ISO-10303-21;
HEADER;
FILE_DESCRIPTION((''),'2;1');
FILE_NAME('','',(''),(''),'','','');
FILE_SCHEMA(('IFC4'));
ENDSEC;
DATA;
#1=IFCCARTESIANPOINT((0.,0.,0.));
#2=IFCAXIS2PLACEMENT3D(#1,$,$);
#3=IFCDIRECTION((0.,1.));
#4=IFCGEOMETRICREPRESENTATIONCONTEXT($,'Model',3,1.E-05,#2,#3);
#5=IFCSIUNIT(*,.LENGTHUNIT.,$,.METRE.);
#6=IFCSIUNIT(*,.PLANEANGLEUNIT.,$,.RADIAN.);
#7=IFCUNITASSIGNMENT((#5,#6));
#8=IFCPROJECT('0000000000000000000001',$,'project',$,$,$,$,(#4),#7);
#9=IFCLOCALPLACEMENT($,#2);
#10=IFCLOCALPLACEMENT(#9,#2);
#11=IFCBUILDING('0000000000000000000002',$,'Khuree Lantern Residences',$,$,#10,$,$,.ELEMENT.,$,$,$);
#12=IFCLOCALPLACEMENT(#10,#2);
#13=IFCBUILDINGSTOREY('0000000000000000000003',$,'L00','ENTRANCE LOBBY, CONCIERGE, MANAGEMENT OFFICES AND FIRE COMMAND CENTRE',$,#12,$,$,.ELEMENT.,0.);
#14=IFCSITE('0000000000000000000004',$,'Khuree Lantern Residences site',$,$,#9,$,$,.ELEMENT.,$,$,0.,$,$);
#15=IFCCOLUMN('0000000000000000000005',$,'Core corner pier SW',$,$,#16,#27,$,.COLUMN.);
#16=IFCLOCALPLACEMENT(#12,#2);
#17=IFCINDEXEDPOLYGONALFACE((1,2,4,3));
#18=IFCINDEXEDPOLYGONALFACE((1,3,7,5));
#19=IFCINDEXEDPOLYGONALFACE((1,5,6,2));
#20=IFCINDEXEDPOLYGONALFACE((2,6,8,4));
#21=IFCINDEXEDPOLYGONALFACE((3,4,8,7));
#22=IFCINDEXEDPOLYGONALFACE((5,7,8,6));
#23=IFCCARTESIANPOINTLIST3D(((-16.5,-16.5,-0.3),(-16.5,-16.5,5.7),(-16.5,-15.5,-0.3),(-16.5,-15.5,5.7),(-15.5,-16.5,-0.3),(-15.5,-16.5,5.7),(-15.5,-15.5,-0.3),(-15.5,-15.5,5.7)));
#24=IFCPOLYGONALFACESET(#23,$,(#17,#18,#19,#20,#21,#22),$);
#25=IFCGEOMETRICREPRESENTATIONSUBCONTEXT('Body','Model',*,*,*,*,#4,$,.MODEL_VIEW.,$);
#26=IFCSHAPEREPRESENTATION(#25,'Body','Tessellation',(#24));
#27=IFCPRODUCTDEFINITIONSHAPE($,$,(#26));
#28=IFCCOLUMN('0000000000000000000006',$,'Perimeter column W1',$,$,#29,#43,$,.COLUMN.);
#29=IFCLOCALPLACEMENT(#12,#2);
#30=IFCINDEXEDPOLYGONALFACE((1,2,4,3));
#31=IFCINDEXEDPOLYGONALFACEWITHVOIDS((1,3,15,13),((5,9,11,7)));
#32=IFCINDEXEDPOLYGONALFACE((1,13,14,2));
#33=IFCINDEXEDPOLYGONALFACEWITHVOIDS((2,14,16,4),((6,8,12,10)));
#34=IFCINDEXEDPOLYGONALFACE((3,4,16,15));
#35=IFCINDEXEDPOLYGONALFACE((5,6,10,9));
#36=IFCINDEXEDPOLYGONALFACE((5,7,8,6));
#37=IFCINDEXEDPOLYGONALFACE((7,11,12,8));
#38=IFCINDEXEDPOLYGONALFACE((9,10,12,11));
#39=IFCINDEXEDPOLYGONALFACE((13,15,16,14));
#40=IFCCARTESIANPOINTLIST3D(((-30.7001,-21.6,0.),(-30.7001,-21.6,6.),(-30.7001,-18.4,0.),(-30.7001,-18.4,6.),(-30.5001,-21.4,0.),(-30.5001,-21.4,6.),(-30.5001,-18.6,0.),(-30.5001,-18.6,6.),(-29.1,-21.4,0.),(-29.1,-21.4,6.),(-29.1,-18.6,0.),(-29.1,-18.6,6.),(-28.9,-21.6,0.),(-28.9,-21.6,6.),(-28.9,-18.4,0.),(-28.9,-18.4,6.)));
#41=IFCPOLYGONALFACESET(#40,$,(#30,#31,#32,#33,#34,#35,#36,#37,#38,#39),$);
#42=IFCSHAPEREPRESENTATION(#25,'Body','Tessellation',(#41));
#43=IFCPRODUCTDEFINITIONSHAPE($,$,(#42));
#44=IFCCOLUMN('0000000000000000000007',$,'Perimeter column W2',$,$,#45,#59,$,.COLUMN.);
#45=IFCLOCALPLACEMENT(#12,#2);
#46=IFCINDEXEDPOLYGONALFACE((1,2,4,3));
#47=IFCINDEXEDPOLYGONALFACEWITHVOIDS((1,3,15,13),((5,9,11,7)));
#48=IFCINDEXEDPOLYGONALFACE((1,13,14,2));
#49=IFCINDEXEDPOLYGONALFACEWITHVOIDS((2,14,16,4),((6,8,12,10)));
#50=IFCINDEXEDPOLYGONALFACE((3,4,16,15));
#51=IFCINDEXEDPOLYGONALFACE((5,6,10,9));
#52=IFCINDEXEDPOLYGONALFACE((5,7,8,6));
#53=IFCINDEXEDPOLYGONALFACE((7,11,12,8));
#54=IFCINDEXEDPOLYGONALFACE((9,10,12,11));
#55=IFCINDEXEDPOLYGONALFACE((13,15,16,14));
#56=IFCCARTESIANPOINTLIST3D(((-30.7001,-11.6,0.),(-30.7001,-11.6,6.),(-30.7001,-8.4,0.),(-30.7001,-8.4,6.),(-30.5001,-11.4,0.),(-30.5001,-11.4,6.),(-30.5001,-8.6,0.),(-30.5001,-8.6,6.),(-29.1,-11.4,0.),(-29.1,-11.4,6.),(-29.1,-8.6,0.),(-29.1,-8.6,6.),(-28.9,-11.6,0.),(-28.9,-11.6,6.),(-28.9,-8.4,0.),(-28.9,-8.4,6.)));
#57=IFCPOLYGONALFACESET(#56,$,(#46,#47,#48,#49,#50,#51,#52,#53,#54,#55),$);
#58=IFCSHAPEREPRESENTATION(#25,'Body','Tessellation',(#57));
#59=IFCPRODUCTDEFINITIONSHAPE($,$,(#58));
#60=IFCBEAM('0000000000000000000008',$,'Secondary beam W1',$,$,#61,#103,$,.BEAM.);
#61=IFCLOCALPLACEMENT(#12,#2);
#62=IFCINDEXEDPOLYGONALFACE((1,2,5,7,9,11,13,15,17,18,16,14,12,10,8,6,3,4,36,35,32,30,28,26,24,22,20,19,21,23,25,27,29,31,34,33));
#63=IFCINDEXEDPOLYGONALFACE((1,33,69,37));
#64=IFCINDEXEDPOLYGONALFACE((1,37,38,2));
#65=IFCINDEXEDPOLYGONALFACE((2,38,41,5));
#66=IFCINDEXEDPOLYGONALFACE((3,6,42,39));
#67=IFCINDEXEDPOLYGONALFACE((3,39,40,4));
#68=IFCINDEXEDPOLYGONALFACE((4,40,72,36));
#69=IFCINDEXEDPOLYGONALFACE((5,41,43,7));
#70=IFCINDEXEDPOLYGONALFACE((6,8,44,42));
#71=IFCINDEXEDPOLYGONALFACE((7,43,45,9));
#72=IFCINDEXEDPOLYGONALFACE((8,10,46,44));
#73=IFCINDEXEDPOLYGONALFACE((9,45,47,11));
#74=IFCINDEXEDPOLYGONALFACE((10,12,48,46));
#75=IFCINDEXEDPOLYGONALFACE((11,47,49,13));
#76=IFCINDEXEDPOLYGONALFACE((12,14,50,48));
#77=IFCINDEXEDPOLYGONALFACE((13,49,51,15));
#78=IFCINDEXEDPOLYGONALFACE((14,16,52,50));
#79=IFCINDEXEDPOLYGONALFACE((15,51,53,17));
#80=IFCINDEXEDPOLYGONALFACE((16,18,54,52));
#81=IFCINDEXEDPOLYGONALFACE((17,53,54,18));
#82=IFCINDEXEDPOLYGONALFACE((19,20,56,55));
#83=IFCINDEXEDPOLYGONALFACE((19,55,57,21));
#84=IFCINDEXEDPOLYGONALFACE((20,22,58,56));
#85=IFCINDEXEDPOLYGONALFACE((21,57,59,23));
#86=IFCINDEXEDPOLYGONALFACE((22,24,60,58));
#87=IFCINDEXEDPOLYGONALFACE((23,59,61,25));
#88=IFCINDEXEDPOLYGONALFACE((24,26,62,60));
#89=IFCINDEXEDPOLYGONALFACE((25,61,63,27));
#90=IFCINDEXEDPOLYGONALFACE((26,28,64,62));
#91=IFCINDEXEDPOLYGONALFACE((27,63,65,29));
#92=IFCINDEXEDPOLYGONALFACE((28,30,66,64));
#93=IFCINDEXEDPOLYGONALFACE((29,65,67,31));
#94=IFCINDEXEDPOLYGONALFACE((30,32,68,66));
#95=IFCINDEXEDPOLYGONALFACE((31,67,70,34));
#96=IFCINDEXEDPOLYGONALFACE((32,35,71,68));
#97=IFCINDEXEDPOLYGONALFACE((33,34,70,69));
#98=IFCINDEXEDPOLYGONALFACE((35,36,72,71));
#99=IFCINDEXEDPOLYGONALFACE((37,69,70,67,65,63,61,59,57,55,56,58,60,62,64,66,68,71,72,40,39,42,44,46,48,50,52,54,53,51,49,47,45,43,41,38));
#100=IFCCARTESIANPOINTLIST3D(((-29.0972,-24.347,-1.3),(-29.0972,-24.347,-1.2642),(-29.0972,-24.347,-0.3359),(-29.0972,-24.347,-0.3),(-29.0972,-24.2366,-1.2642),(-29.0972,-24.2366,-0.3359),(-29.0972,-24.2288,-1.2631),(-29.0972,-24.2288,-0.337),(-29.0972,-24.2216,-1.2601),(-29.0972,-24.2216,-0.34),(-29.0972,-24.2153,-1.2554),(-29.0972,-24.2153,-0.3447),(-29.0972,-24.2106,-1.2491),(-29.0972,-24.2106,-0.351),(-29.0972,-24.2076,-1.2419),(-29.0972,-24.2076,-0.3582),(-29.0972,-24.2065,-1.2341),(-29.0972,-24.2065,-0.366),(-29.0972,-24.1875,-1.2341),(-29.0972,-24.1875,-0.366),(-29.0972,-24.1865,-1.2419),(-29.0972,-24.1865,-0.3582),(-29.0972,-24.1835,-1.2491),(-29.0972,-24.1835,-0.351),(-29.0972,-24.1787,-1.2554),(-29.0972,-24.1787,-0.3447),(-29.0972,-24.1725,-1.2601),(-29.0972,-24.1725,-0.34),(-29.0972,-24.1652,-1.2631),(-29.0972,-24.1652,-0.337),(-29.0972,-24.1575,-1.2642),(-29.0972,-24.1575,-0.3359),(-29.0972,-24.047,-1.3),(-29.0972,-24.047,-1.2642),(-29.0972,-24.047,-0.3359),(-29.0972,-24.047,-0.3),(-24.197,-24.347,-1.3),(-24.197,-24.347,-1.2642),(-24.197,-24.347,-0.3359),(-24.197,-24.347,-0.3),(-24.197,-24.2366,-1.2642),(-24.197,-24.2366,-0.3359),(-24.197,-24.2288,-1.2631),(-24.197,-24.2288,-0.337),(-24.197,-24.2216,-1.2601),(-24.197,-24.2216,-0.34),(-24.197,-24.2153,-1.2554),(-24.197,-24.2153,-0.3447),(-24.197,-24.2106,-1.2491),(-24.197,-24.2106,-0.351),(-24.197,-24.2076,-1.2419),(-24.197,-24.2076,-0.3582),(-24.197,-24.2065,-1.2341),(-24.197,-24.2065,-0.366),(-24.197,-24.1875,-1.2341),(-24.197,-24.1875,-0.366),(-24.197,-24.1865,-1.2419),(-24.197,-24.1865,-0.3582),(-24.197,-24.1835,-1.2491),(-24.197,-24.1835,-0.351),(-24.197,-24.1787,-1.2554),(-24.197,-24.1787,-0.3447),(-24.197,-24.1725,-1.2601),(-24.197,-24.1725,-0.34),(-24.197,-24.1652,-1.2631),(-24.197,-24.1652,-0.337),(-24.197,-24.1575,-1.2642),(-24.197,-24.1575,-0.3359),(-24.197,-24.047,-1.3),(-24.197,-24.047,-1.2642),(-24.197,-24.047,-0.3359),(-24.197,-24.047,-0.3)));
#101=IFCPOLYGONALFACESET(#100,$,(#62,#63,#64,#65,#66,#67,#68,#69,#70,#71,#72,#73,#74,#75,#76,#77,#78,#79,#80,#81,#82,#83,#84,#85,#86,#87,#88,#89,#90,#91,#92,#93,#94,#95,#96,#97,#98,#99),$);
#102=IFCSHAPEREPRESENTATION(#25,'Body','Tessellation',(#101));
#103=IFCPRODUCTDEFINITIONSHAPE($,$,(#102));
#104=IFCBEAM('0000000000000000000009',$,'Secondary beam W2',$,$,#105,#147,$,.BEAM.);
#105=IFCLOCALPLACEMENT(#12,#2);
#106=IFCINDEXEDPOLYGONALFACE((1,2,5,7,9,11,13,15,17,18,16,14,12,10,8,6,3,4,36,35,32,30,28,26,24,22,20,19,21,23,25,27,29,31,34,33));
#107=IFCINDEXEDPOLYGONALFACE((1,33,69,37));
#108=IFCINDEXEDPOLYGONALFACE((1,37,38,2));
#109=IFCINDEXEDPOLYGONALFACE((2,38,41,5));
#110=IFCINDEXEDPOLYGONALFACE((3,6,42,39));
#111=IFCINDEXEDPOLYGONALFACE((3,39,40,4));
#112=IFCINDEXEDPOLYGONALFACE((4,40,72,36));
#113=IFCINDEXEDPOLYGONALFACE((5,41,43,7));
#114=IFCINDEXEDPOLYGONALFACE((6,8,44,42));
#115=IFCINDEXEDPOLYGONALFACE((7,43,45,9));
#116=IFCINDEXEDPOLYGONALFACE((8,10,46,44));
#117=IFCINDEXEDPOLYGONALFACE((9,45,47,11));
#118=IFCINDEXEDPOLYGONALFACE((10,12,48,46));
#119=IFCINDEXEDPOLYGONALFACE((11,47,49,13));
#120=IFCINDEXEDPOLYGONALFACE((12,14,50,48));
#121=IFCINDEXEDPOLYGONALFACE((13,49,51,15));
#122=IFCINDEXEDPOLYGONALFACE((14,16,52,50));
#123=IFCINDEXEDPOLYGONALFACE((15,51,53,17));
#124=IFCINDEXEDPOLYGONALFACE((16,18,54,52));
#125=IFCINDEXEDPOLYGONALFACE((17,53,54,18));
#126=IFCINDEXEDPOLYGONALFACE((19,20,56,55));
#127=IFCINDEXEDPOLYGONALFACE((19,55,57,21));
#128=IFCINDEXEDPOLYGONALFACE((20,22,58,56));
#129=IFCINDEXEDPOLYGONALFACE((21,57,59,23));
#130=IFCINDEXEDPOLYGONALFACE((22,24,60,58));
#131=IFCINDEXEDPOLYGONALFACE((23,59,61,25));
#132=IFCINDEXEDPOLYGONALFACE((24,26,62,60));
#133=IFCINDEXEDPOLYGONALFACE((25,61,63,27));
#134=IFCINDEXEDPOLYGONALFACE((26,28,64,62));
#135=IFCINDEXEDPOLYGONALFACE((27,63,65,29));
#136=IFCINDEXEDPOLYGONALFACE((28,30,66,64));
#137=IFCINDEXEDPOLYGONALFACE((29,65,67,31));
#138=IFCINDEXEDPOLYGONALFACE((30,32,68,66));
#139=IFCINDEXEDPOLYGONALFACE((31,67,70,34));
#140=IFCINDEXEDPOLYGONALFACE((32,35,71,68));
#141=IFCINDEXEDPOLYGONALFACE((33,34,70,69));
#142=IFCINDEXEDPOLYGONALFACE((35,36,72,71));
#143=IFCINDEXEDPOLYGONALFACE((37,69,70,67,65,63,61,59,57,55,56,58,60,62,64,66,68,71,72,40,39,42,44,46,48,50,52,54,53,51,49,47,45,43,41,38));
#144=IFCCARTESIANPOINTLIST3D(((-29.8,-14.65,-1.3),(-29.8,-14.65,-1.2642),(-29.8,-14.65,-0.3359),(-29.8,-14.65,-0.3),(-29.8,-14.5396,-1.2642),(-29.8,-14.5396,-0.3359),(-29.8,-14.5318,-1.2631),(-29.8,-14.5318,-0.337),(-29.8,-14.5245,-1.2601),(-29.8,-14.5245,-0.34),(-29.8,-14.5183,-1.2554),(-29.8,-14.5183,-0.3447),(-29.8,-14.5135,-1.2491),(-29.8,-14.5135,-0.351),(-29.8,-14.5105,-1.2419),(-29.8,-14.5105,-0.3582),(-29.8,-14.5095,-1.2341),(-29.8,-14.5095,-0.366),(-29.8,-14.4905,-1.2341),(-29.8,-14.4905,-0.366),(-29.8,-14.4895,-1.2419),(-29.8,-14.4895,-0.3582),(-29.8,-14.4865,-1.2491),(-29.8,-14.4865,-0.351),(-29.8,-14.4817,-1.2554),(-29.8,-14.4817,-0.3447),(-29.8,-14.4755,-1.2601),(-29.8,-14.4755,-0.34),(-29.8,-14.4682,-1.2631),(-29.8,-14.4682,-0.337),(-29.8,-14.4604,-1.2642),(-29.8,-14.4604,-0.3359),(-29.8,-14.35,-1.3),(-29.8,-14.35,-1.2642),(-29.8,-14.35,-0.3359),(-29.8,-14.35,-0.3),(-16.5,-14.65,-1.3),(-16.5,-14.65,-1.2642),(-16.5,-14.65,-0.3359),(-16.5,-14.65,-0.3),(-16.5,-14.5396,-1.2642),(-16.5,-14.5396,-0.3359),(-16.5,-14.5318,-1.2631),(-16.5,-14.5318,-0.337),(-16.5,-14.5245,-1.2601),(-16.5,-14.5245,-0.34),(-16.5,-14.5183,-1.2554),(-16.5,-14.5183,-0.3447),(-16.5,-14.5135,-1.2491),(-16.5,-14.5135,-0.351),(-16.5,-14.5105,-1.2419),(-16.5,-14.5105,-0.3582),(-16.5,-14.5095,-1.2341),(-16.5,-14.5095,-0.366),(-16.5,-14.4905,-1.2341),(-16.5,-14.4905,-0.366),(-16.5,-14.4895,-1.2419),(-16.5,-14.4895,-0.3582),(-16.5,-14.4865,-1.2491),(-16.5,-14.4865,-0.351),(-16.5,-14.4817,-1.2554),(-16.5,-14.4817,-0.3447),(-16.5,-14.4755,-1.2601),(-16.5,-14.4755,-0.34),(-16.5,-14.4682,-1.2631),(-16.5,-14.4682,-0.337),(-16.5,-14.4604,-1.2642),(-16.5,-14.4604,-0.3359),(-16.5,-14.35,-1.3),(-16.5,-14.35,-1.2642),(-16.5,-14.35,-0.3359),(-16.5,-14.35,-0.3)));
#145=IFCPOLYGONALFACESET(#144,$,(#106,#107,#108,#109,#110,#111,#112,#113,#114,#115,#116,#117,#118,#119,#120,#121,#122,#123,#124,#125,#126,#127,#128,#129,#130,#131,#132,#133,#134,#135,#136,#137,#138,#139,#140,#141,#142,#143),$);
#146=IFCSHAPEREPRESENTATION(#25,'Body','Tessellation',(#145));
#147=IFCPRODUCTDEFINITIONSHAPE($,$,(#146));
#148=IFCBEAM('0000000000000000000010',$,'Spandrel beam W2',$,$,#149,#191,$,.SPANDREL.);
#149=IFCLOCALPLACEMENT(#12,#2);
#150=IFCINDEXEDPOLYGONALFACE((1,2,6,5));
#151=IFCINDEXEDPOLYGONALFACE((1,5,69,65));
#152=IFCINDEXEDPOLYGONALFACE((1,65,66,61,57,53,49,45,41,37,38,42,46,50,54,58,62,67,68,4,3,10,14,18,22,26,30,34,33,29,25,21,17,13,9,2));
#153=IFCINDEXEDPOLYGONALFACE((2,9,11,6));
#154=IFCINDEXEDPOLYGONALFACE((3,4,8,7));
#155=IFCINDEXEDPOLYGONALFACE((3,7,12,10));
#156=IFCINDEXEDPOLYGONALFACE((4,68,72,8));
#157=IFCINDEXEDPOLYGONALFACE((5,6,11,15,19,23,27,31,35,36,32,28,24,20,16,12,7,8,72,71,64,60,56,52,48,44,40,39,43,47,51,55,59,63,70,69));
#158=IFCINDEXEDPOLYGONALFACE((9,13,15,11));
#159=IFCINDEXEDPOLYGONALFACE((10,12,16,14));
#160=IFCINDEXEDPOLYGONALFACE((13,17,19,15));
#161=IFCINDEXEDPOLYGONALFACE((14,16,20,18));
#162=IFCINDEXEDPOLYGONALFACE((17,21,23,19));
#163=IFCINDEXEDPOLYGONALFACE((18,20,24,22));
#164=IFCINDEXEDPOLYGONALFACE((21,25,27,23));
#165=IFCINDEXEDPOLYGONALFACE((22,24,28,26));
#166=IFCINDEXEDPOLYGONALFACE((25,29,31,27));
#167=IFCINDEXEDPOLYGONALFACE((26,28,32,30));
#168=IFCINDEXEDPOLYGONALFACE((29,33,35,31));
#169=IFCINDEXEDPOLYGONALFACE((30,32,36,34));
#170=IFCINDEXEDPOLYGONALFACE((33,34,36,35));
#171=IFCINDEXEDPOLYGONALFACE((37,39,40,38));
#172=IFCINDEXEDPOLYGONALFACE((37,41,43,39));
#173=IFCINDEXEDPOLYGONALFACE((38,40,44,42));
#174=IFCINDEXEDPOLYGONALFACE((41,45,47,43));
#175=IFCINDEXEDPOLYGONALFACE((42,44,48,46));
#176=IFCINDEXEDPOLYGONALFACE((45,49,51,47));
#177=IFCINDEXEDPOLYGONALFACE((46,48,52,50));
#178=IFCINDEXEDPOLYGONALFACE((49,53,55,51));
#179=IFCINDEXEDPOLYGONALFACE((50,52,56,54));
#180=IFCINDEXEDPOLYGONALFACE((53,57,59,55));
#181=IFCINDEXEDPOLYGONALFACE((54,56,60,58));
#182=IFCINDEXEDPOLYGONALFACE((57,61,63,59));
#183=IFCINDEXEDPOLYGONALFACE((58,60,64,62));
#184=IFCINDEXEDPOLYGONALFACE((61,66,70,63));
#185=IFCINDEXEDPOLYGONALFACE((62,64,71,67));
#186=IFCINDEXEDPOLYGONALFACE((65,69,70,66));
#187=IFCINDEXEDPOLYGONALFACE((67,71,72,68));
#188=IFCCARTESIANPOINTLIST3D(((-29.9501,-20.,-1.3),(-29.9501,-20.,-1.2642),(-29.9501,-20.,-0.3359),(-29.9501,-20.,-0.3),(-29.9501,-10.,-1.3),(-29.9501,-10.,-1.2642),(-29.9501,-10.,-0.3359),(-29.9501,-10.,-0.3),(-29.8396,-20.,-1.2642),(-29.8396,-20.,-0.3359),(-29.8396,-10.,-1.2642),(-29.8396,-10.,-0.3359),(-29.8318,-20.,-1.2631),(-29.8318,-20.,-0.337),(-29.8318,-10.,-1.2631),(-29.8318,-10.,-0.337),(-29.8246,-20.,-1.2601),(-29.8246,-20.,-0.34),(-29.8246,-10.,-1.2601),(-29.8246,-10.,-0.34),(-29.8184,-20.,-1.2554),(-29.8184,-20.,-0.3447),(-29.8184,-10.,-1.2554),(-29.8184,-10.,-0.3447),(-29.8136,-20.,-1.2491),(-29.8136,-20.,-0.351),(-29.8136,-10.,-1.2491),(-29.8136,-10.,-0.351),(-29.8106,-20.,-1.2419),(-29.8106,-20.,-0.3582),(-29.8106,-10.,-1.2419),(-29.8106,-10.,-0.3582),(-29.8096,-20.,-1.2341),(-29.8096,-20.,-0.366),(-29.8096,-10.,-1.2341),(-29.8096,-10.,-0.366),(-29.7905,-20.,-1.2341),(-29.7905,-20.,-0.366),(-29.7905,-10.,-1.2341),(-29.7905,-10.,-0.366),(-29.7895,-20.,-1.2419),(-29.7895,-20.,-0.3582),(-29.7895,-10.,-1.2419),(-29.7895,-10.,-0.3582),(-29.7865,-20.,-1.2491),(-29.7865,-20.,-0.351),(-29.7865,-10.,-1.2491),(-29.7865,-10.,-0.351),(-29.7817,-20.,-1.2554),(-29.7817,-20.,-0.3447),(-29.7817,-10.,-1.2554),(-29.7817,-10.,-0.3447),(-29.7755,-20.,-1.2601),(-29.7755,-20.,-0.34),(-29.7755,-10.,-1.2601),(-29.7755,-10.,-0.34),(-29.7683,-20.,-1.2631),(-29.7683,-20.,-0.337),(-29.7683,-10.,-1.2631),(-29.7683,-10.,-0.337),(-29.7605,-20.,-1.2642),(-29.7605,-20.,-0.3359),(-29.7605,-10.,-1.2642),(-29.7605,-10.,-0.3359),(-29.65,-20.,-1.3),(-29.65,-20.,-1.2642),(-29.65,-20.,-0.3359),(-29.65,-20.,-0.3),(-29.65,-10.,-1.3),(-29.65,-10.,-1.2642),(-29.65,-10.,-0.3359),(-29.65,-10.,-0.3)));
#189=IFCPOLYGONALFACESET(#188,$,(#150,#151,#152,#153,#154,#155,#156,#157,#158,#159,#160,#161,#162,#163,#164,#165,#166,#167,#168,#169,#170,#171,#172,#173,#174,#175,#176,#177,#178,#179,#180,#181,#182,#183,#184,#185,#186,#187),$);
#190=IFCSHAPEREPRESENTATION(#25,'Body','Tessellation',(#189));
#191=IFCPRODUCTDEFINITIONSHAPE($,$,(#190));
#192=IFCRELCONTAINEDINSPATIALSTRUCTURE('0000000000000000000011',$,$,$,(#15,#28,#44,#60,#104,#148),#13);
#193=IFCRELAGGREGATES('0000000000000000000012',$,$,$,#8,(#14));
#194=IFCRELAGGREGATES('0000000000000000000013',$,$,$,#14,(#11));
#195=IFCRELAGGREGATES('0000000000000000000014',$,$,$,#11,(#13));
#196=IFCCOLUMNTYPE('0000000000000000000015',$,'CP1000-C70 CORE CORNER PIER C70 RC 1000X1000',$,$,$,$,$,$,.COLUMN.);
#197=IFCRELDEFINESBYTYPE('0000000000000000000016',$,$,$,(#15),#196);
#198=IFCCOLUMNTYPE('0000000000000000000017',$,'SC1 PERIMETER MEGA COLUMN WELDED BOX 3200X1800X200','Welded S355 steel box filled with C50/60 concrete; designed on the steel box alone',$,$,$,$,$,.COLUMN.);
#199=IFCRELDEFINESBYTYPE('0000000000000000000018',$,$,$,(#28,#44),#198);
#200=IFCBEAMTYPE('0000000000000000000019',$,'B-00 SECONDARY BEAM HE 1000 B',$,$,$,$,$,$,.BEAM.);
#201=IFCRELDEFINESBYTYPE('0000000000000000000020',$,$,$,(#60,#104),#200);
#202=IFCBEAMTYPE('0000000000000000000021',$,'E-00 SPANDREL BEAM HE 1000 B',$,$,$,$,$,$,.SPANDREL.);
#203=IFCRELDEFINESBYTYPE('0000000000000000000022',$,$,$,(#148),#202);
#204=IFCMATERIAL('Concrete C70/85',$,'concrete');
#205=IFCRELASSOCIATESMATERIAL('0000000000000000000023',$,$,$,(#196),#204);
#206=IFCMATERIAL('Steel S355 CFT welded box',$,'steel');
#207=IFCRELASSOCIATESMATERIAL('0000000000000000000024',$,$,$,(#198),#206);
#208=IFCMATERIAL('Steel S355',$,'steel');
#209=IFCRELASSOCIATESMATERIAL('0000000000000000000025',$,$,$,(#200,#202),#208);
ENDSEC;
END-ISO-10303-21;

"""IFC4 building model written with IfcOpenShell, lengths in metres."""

from ifc_helpers import new_model, si_unit, direction, frame, origin, origin_2d, place, context, subcontext, project, spatial, rectangle, hollow_rectangle, i_section, extrude, material, material_profile, profile_set, type_object, element, save


model = new_model("IFC4")

# Units and contexts
model_context = context("Model", 3, precision=1e-05, world=origin(), true_north=direction((0.0, 1.0)))
body_context = subcontext(model_context, "Body", "Model", "MODEL_VIEW")
ifc_project = project(units=[si_unit("LENGTHUNIT", "METRE"), si_unit("PLANEANGLEUNIT", "RADIAN")], contexts=[model_context])

# Site, building, storey
site_placement = place(None, origin())
site = spatial("IfcSite", under=ifc_project, at=site_placement, Name="Khuree Lantern Residences site", CompositionType="ELEMENT", RefElevation=0.0)
building_placement = place(site_placement, origin())
building = spatial("IfcBuilding", under=site, at=building_placement, Name="Khuree Lantern Residences", CompositionType="ELEMENT")
storey_placement = place(building_placement, origin())
storey = spatial("IfcBuildingStorey", under=building, at=storey_placement, Name="L00", Description="ENTRANCE LOBBY, CONCIERGE, MANAGEMENT OFFICES AND FIRE COMMAND CENTRE", CompositionType="ELEMENT", Elevation=0.0)

# Columns
ifc_material_1 = material(Name="Concrete C70/85", Category="concrete")
ifc_material_profile_1 = material_profile(ifc_material_1, rectangle(XDim=1.0, YDim=1.0, at=origin_2d()), Name="RC 1000X1000")
ifc_profile_set_1 = profile_set([ifc_material_profile_1], Name="Concrete C70/85")
column_type_1 = type_object("IfcColumnType", Name="CP1000-C70 CORE CORNER PIER C70 RC 1000X1000", PredefinedType="COLUMN", material=ifc_profile_set_1)
column_placement = place(storey_placement, frame((-16.0, -16.0, -0.3), z_axis=(0.0, 0.0, 1.0), x_axis=(1.0, 0.0, 0.0)))
element("IfcColumn", 1, at=column_placement, inside=storey, type_object=column_type_1, Name="Core corner pier SW", PredefinedType="COLUMN", context=body_context, shape_type="SweptSolid", body=[
    extrude(rectangle(XDim=1.0, YDim=1.0, at=origin_2d()), origin(), (0.0, 0.0, 1.0), 6.0),
])
ifc_material_2 = material(Name="Steel S355 CFT welded box", Category="steel")
ifc_material_profile_2 = material_profile(ifc_material_2, hollow_rectangle(XDim=3.2, YDim=1.8, WallThickness=0.2, at=origin_2d()), Name="WELDED BOX 3200X1800X200")
ifc_profile_set_2 = profile_set([ifc_material_profile_2], Name="Steel S355 CFT welded box")
column_type_2 = type_object("IfcColumnType", Name="SC1 PERIMETER MEGA COLUMN WELDED BOX 3200X1800X200", Description="Welded S355 steel box filled with C50/60 concrete; designed on the steel box alone", PredefinedType="COLUMN", material=ifc_profile_set_2)
for number, where, z_axis, x_axis, name in (
    (2, (-29.8, -20.0, 0.0), (0.0, 0.0, 1.0), (0.0, 1.0, 0.0), "Perimeter column W1"),
    (3, (-29.8, -10.0, 0.0), (0.0, 0.0, 1.0), (0.0, 1.0, 0.0), "Perimeter column W2"),
):
    element("IfcColumn", number, at=place(storey_placement, frame(where, z_axis=z_axis, x_axis=x_axis)), inside=storey, type_object=column_type_2, Name=name, PredefinedType="COLUMN", context=body_context, shape_type="SweptSolid", body=[
        extrude(hollow_rectangle(XDim=3.2, YDim=1.8, WallThickness=0.2, at=origin_2d()), origin(), (0.0, 0.0, 1.0), 6.0),
    ])

# Beams
ifc_material_3 = material(Name="Steel S355", Category="steel")
ifc_material_profile_3 = material_profile(ifc_material_3, i_section(OverallWidth=0.3, OverallDepth=1.0, WebThickness=0.019, FlangeThickness=0.0359, FilletRadius=0.03, at=origin_2d()), Name="HE 1000 B")
ifc_profile_set_3 = profile_set([ifc_material_profile_3], Name="Steel S355")
beam_type_1 = type_object("IfcBeamType", Name="B-00 SECONDARY BEAM HE 1000 B", PredefinedType="BEAM", material=ifc_profile_set_3)
beam_1_placement = place(storey_placement, frame((-29.0972, -24.197, -0.8), z_axis=(1.0, 0.0, 0.0), x_axis=(0.0, 1.0, 0.0)))
element("IfcBeam", 4, at=beam_1_placement, inside=storey, type_object=beam_type_1, Name="Secondary beam W1", PredefinedType="BEAM", context=body_context, shape_type="SweptSolid", body=[
    extrude(i_section(OverallWidth=0.3, OverallDepth=1.0, WebThickness=0.019, FlangeThickness=0.0359, FilletRadius=0.03, at=origin_2d()), origin(), (0.0, 0.0, 1.0), 4.9001),
])
beam_2_placement = place(storey_placement, frame((-29.8, -14.5, -0.8), z_axis=(1.0, 0.0, 0.0), x_axis=(0.0, 1.0, 0.0)))
element("IfcBeam", 5, at=beam_2_placement, inside=storey, type_object=beam_type_1, Name="Secondary beam W2", PredefinedType="BEAM", context=body_context, shape_type="SweptSolid", body=[
    extrude(i_section(OverallWidth=0.3, OverallDepth=1.0, WebThickness=0.019, FlangeThickness=0.0359, FilletRadius=0.03, at=origin_2d()), origin(), (0.0, 0.0, 1.0), 13.3),
])
ifc_material_profile_4 = material_profile(ifc_material_3, i_section(OverallWidth=0.3, OverallDepth=1.0, WebThickness=0.019, FlangeThickness=0.0359, FilletRadius=0.03, at=origin_2d()), Name="HE 1000 B")
ifc_profile_set_4 = profile_set([ifc_material_profile_4], Name="Steel S355")
beam_type_2 = type_object("IfcBeamType", Name="E-00 SPANDREL BEAM HE 1000 B", PredefinedType="SPANDREL", material=ifc_profile_set_4)
beam_3_placement = place(storey_placement, frame((-29.8, -20.0, -0.8), z_axis=(0.0, 1.0, 0.0), x_axis=(-1.0, 0.0, 0.0)))
element("IfcBeam", 6, at=beam_3_placement, inside=storey, type_object=beam_type_2, Name="Spandrel beam W2", PredefinedType="SPANDREL", context=body_context, shape_type="SweptSolid", body=[
    extrude(i_section(OverallWidth=0.3, OverallDepth=1.0, WebThickness=0.019, FlangeThickness=0.0359, FilletRadius=0.03, at=origin_2d()), origin(), (0.0, 0.0, 1.0), 10.0),
])

save(model, "model.ifc")
